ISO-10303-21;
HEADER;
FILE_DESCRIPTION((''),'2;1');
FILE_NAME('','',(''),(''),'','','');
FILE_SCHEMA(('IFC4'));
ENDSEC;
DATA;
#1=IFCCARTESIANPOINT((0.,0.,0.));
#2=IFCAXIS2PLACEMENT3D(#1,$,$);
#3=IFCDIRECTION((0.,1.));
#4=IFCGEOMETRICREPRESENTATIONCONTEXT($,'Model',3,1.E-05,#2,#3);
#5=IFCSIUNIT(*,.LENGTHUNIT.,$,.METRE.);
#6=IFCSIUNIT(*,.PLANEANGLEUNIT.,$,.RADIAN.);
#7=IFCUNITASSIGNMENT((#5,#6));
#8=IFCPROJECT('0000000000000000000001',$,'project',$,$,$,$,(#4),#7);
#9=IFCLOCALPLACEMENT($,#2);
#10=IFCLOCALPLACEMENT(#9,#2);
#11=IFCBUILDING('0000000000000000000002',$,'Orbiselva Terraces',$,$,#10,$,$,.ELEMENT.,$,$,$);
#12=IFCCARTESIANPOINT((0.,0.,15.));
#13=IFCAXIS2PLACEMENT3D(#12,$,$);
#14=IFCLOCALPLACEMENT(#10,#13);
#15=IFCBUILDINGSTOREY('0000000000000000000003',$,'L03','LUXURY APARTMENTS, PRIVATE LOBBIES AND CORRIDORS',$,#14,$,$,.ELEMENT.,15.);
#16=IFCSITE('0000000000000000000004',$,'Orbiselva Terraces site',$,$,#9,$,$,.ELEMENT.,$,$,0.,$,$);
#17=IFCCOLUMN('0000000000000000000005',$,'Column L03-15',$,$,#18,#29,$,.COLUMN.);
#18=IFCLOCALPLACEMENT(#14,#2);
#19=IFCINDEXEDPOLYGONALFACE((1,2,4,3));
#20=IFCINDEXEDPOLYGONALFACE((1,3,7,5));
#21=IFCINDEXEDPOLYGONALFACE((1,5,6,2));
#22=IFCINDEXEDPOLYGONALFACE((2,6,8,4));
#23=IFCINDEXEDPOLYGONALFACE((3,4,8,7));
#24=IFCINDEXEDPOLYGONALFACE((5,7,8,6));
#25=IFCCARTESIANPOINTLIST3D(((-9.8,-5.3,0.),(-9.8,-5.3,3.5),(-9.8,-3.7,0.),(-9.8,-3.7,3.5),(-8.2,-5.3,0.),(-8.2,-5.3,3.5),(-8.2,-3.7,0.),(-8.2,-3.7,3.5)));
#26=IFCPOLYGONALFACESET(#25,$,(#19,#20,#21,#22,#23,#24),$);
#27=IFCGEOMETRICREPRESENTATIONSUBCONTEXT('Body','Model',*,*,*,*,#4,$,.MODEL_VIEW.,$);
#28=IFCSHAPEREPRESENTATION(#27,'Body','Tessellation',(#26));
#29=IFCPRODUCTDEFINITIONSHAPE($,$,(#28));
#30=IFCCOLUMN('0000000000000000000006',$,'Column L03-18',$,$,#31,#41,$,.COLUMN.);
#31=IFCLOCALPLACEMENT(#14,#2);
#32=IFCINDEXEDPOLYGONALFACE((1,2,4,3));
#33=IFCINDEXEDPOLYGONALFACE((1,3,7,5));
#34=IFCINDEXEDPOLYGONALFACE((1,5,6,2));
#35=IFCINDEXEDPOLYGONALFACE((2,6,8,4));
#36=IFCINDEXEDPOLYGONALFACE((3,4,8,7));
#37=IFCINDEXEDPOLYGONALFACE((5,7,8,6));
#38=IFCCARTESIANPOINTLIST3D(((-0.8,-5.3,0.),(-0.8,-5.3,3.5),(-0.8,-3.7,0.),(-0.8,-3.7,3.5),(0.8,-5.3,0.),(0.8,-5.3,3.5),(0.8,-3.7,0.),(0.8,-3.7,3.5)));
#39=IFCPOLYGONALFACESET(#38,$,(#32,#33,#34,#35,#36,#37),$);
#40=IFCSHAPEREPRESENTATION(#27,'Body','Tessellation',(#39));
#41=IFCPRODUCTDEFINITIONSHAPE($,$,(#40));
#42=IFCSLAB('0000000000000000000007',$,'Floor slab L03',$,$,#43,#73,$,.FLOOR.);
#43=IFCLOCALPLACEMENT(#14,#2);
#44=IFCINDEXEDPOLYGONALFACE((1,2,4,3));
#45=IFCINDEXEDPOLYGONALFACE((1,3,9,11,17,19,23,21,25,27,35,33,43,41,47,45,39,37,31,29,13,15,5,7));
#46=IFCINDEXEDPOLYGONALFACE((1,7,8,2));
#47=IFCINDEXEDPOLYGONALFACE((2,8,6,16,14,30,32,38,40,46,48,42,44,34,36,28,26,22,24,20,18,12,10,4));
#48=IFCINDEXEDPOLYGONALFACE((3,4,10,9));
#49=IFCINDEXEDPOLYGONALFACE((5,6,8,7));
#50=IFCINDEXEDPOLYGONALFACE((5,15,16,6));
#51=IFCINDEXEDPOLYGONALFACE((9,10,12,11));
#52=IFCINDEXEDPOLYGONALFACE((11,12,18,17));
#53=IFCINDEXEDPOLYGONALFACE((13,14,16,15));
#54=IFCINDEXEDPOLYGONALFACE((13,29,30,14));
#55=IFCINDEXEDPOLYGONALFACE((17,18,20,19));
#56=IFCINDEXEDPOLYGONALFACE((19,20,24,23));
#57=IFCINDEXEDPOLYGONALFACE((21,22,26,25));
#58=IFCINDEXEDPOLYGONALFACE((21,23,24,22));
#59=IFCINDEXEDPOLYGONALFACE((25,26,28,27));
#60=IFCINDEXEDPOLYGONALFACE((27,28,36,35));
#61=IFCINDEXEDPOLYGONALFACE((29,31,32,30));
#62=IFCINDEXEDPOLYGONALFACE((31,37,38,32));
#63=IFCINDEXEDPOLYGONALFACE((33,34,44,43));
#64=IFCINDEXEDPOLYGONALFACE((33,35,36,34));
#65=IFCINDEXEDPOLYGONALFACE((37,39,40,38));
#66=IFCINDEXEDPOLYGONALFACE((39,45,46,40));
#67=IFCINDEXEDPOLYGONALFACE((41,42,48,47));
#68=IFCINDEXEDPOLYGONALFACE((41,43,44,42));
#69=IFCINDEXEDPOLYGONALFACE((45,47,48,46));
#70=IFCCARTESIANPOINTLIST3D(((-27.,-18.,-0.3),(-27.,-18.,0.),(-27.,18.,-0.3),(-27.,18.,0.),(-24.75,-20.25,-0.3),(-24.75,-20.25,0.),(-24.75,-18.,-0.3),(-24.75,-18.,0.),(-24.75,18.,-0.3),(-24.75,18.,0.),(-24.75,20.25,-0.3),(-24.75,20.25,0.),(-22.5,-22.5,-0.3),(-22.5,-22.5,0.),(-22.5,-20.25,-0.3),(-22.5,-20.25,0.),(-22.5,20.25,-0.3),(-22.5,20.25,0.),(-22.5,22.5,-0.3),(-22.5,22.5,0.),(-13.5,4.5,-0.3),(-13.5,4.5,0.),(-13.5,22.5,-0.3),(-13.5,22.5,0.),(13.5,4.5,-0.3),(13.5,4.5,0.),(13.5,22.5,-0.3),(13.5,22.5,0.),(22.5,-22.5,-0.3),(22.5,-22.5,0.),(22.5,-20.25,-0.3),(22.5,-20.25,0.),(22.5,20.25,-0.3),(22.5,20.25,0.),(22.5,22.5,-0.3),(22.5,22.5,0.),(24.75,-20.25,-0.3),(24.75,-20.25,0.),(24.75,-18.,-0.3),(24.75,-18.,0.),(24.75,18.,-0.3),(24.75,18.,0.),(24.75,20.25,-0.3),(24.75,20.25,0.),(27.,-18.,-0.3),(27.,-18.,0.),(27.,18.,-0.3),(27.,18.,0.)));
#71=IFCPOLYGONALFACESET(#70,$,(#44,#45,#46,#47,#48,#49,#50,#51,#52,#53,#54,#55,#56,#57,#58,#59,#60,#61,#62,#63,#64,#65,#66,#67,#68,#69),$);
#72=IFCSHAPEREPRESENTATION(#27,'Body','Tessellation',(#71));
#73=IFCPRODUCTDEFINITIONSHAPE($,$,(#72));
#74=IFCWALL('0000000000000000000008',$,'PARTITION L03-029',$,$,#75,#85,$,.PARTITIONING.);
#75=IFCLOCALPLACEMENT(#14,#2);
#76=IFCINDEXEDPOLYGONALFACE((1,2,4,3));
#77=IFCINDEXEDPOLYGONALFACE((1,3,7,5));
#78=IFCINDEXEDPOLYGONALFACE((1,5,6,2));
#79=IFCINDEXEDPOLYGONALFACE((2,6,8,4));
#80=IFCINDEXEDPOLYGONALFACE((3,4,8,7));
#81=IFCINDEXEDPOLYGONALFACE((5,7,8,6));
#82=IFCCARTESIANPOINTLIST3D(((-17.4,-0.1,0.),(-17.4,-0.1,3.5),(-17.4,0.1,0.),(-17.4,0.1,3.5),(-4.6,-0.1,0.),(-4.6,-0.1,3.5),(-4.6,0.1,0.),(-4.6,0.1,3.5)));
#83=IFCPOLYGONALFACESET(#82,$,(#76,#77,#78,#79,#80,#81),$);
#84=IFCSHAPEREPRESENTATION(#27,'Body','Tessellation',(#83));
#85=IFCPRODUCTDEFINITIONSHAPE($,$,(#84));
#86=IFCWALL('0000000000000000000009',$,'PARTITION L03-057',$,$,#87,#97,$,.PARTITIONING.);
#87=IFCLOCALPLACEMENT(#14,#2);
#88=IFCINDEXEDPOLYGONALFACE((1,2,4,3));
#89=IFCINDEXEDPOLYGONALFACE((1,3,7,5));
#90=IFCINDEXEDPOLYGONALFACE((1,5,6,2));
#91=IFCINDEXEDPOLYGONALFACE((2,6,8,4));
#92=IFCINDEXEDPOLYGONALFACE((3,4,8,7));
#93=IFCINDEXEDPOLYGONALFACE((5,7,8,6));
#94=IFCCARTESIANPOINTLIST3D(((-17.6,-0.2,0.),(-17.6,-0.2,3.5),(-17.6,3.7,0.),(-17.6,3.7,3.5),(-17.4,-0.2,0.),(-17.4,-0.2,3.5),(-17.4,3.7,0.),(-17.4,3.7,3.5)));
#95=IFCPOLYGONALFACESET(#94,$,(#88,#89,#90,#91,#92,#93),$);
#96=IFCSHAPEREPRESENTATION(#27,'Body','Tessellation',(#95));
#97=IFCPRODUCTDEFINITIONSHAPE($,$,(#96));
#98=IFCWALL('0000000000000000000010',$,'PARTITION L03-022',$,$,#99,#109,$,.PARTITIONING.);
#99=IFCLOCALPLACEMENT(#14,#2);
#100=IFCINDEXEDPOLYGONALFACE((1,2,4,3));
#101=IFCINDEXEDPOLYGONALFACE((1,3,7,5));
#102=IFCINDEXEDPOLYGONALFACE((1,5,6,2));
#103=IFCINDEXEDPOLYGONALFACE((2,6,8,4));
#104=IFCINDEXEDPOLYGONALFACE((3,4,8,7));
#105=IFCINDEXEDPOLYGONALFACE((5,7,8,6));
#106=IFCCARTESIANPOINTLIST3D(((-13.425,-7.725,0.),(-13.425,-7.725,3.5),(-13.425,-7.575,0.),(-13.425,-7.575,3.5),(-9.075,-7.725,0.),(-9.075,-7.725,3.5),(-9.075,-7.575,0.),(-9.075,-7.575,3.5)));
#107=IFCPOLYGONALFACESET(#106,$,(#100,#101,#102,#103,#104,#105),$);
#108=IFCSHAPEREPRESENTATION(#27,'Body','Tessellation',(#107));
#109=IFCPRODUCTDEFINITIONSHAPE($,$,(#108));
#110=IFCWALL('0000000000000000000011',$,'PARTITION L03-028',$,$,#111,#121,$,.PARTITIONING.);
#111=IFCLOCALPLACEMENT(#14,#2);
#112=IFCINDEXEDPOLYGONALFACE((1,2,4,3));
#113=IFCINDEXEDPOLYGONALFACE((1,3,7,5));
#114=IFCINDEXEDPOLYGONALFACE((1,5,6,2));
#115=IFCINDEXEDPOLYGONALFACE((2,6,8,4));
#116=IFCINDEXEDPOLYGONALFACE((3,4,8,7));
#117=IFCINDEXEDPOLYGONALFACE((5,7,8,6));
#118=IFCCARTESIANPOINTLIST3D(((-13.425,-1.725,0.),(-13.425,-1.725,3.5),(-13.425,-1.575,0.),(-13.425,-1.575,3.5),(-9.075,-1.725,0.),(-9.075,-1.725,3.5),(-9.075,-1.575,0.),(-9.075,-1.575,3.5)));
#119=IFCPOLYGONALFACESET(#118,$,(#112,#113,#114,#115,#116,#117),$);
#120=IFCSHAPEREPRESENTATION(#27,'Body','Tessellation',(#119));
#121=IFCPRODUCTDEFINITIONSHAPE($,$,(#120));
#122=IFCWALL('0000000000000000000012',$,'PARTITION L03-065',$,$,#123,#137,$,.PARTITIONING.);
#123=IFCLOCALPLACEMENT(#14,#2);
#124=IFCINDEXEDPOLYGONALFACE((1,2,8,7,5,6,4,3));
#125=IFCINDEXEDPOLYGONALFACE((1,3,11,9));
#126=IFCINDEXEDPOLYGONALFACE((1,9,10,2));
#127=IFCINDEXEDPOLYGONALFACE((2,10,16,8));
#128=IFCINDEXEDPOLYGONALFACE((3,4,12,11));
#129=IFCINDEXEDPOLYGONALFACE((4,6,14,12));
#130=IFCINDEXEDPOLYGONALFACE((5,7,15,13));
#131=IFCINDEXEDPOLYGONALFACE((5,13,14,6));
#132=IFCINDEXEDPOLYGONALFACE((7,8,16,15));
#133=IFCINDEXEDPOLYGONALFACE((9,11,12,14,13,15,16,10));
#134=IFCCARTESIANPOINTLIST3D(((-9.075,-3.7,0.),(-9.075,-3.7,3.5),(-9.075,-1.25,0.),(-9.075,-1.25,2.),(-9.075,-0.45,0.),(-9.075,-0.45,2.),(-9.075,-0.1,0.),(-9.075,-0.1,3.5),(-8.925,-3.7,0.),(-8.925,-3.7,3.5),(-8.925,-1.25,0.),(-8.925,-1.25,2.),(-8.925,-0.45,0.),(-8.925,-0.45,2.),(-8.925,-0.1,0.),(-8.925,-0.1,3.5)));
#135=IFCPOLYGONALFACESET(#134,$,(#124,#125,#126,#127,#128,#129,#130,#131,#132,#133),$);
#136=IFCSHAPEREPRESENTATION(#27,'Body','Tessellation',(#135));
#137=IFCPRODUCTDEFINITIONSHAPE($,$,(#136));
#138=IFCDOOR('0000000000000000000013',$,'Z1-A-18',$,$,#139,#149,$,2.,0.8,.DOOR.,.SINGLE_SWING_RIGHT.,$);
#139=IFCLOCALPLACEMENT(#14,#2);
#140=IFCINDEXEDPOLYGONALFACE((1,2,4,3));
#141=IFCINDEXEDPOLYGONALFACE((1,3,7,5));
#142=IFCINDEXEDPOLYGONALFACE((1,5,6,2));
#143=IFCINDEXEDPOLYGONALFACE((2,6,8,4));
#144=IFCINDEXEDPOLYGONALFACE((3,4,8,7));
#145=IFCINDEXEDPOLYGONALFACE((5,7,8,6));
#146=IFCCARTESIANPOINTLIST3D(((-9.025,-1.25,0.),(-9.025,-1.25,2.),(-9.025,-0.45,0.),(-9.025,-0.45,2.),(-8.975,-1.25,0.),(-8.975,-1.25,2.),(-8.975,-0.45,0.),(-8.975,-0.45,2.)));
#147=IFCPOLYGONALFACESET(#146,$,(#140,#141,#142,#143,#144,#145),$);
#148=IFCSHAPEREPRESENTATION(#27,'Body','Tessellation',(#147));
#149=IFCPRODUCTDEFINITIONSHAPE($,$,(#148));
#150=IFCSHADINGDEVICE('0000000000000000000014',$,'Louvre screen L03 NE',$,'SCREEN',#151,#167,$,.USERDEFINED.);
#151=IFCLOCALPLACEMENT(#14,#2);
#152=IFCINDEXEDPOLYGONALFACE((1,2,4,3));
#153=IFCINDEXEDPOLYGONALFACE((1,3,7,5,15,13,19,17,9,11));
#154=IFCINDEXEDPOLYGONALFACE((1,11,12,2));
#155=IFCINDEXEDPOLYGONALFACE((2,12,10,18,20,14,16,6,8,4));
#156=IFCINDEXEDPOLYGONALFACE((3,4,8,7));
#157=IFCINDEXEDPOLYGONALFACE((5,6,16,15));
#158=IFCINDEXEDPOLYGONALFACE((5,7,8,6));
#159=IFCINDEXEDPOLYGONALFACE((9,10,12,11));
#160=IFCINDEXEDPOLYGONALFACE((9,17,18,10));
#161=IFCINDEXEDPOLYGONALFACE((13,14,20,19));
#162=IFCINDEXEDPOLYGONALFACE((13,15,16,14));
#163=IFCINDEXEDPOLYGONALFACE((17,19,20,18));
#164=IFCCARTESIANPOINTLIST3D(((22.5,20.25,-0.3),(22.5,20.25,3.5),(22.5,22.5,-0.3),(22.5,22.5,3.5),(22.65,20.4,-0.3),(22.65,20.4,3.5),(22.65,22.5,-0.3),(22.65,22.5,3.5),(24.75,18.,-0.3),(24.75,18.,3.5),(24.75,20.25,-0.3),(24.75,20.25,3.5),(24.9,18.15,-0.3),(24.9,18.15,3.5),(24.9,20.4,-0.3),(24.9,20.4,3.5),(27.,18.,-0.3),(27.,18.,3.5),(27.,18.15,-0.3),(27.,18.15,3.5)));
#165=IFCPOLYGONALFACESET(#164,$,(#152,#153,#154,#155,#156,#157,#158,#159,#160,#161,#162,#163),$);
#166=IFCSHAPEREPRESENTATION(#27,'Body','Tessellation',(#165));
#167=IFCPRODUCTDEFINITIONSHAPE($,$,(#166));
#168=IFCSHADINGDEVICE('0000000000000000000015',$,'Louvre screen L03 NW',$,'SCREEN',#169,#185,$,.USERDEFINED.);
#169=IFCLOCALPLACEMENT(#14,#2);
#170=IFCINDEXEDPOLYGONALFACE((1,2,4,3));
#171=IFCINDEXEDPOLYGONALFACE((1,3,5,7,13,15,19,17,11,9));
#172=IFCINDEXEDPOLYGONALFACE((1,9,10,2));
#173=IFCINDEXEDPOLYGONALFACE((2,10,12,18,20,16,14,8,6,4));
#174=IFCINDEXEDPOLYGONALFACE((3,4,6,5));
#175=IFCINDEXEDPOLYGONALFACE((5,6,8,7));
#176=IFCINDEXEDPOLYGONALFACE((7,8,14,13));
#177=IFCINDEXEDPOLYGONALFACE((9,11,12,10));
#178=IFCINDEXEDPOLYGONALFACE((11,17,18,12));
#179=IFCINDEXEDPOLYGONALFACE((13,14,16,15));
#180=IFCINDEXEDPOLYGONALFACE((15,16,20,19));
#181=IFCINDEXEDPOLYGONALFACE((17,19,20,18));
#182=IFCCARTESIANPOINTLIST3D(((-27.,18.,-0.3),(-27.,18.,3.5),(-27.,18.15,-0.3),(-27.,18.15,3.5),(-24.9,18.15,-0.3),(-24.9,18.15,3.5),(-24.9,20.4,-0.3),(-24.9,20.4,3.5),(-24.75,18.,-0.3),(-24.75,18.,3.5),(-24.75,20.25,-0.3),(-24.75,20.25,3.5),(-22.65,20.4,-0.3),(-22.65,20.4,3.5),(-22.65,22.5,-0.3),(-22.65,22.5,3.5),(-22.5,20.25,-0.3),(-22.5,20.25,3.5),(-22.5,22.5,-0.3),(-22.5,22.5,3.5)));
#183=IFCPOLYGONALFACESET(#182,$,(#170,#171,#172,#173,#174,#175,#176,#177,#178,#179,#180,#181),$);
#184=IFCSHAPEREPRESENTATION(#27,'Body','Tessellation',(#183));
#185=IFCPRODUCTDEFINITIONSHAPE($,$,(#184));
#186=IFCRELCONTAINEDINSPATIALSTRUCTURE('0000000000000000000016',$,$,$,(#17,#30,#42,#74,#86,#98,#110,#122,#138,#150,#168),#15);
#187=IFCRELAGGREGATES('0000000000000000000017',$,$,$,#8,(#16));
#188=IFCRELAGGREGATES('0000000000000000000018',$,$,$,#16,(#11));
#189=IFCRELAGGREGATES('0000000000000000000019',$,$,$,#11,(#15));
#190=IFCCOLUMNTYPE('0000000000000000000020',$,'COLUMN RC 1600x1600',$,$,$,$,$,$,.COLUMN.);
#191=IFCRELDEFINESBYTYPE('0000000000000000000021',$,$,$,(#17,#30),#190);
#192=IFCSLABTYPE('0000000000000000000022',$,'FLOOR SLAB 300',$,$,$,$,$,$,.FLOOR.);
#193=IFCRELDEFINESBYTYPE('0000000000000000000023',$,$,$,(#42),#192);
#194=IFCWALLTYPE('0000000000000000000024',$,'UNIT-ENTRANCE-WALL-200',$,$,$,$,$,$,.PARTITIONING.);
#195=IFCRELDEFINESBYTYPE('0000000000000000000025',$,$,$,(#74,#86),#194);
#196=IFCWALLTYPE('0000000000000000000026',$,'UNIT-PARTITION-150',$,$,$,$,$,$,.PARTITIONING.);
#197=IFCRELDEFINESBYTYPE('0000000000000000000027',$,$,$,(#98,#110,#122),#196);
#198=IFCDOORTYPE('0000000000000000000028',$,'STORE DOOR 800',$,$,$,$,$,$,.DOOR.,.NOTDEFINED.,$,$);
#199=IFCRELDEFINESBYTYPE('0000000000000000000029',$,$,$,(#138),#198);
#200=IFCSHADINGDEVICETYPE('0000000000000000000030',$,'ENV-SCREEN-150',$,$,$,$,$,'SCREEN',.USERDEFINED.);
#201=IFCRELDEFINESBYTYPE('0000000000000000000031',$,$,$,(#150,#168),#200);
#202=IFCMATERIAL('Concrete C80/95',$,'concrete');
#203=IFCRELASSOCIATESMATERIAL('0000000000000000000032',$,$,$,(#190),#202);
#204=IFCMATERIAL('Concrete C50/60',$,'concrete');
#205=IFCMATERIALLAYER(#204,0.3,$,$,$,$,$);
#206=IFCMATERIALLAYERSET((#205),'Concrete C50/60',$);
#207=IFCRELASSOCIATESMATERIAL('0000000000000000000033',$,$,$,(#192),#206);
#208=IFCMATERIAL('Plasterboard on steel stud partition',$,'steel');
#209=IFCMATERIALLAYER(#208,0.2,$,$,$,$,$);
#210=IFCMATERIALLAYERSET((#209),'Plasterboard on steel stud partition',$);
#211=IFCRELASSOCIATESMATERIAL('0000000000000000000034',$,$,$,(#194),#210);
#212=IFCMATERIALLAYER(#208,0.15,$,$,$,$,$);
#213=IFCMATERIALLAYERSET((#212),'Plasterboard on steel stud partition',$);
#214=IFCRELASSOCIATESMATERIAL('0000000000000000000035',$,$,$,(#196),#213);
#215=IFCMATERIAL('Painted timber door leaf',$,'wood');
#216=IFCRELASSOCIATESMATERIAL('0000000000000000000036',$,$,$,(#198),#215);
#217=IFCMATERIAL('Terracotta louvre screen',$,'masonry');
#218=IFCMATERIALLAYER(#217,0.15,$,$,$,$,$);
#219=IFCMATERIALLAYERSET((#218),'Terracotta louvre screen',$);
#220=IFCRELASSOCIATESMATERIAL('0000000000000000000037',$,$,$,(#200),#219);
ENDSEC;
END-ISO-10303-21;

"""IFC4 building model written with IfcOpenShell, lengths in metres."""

from ifc_helpers import new_model, si_unit, direction, frame, frame_2d, origin, origin_2d, place, context, subcontext, project, spatial, polyline, rectangle, outline, extrude, material, layer, layer_set, material_profile, profile_set, type_object, element, fill, save


model = new_model("IFC4")

# Units and contexts
model_context = context("Model", 3, precision=1e-05, world=origin(), true_north=direction((0.0, 1.0)))
body_context = subcontext(model_context, "Body", "Model", "MODEL_VIEW")
ifc_project = project(units=[si_unit("LENGTHUNIT", "METRE"), si_unit("PLANEANGLEUNIT", "RADIAN")], contexts=[model_context])

# Site, building, storey
site_placement = place(None, origin())
site = spatial("IfcSite", under=ifc_project, at=site_placement, Name="Orbiselva Terraces site", CompositionType="ELEMENT", RefElevation=0.0)
building_placement = place(site_placement, origin())
building = spatial("IfcBuilding", under=site, at=building_placement, Name="Orbiselva Terraces", CompositionType="ELEMENT")
storey_placement = place(building_placement, frame((0.0, 0.0, 15.0)))
storey = spatial("IfcBuildingStorey", under=building, at=storey_placement, Name="L03", Description="LUXURY APARTMENTS, PRIVATE LOBBIES AND CORRIDORS", CompositionType="ELEMENT", Elevation=15.0)

# Columns
ifc_material_1 = material(Name="Concrete C80/95", Category="concrete")
ifc_material_profile = material_profile(ifc_material_1, rectangle(XDim=1.6, YDim=1.6, at=origin_2d()), Name="RC 1600x1600")
ifc_profile_set = profile_set([ifc_material_profile], Name="Concrete C80/95")
column_type = type_object("IfcColumnType", Name="COLUMN RC 1600x1600", PredefinedType="COLUMN", material=ifc_profile_set)
for number, where, z_axis, x_axis, name in (
    (1, (-9.0, -4.5, 0.0), (0.0, 0.0, 1.0), (1.0, 0.0, 0.0), "Column L03-15"),
    (2, (0.0, -4.5, 0.0), (0.0, 0.0, 1.0), (1.0, 0.0, 0.0), "Column L03-18"),
):
    element("IfcColumn", number, at=place(storey_placement, frame(where, z_axis=z_axis, x_axis=x_axis)), inside=storey, type_object=column_type, Name=name, PredefinedType="COLUMN", context=body_context, shape_type="SweptSolid", body=[
        extrude(rectangle(XDim=1.6, YDim=1.6, at=origin_2d()), origin(), (0.0, 0.0, 1.0), 3.5),
    ])

# Slab
ifc_material_2 = material(Name="Concrete C50/60", Category="concrete")
ifc_layer_1 = layer(ifc_material_2, 0.3)
ifc_layer_set_1 = layer_set([ifc_layer_1], Name="Concrete C50/60")
slab_type = type_object("IfcSlabType", Name="FLOOR SLAB 300", PredefinedType="FLOOR", material=ifc_layer_set_1)
slab_placement = place(storey_placement, frame((0.0, 0.0, -0.3)))
element("IfcSlab", 3, at=slab_placement, inside=storey, type_object=slab_type, Name="Floor slab L03", PredefinedType="FLOOR", context=body_context, shape_type="SweptSolid", body=[
    extrude(outline(polyline([(22.5, 22.5), (22.5, 20.25), (24.75, 20.25), (24.75, 18.0), (27.0, 18.0), (27.0, -18.0), (24.75, -18.0), (24.75, -20.25), (22.5, -20.25), (22.5, -22.5), (-22.5, -22.5), (-22.5, -20.25), (-24.75, -20.25), (-24.75, -18.0), (-27.0, -18.0), (-27.0, 18.0), (-24.75, 18.0), (-24.75, 20.25), (-22.5, 20.25), (-22.5, 22.5), (-13.5, 22.5), (-13.5, 4.5), (13.5, 4.5), (13.5, 22.5), (22.5, 22.5)])), origin(), (0.0, 0.0, 1.0), 0.3),
])

# Walls
ifc_material_3 = material(Name="Plasterboard on steel stud partition", Category="steel")
ifc_layer_2 = layer(ifc_material_3, 0.2)
ifc_layer_set_2 = layer_set([ifc_layer_2], Name="Plasterboard on steel stud partition")
wall_type_1 = type_object("IfcWallType", Name="UNIT-ENTRANCE-WALL-200", PredefinedType="PARTITIONING", material=ifc_layer_set_2)
wall_1_placement = place(storey_placement, frame((-17.4, 0.0, 0.0), z_axis=(0.0, 0.0, 1.0), x_axis=(1.0, 0.0, 0.0)))
element("IfcWall", 4, at=wall_1_placement, inside=storey, type_object=wall_type_1, Name="PARTITION L03-029", PredefinedType="PARTITIONING", context=body_context, shape_type="SweptSolid", body=[
    extrude(rectangle(XDim=12.8, YDim=0.2, at=frame_2d((6.4, 0.0))), origin(), (0.0, 0.0, 1.0), 3.5),
])
wall_2_placement = place(storey_placement, frame((-17.5, -0.2, 0.0), z_axis=(0.0, 0.0, 1.0), x_axis=(0.0, 1.0, 0.0)))
element("IfcWall", 5, at=wall_2_placement, inside=storey, type_object=wall_type_1, Name="PARTITION L03-057", PredefinedType="PARTITIONING", context=body_context, shape_type="SweptSolid", body=[
    extrude(rectangle(XDim=3.9, YDim=0.2, at=frame_2d((1.95, 0.0))), origin(), (0.0, 0.0, 1.0), 3.5),
])
ifc_layer_3 = layer(ifc_material_3, 0.15)
ifc_layer_set_3 = layer_set([ifc_layer_3], Name="Plasterboard on steel stud partition")
wall_type_2 = type_object("IfcWallType", Name="UNIT-PARTITION-150", PredefinedType="PARTITIONING", material=ifc_layer_set_3)
for number, where, z_axis, x_axis, name in (
    (6, (-13.425, -7.65, 0.0), (0.0, 0.0, 1.0), (1.0, 0.0, 0.0), "PARTITION L03-022"),
    (7, (-13.425, -1.65, 0.0), (0.0, 0.0, 1.0), (1.0, 0.0, 0.0), "PARTITION L03-028"),
):
    element("IfcWall", number, at=place(storey_placement, frame(where, z_axis=z_axis, x_axis=x_axis)), inside=storey, type_object=wall_type_2, Name=name, PredefinedType="PARTITIONING", context=body_context, shape_type="SweptSolid", body=[
        extrude(rectangle(XDim=4.35, YDim=0.15, at=frame_2d((2.175, 0.0))), origin(), (0.0, 0.0, 1.0), 3.5),
    ])

# Wall, opening, door
wall_3_placement = place(storey_placement, frame((-9.0, -3.7, 0.0), z_axis=(0.0, 0.0, 1.0), x_axis=(0.0, 1.0, 0.0)))
wall_3 = element("IfcWall", 8, at=wall_3_placement, inside=storey, type_object=wall_type_2, Name="PARTITION L03-065", PredefinedType="PARTITIONING", context=body_context, shape_type="SweptSolid", body=[
    extrude(rectangle(XDim=3.6, YDim=0.15, at=frame_2d((1.8, 0.0))), origin(), (0.0, 0.0, 1.0), 3.5),
])
opening_placement = place(wall_3_placement, frame((2.45, 0.0, 0.0)))
opening = element("IfcOpeningElement", 9, at=opening_placement, cuts=wall_3, PredefinedType="OPENING", context=body_context, shape_type="SweptSolid", body=[
    extrude(rectangle(XDim=0.8, YDim=2.0, at=frame_2d((0.4, 1.0))), frame((0.0, 0.085, 0.0), z_axis=(0.0, -1.0, 0.0), x_axis=(1.0, 0.0, 0.0)), (0.0, 0.0, 1.0), 0.17),
])
ifc_material_4 = material(Name="Painted timber door leaf", Category="wood")
door_type = type_object("IfcDoorType", Name="STORE DOOR 800", OperationType="NOTDEFINED", PredefinedType="DOOR", material=ifc_material_4)
door_placement = place(opening_placement, origin())
door = element("IfcDoor", 10, at=door_placement, inside=storey, type_object=door_type, Name="Z1-A-18", OperationType="SINGLE_SWING_RIGHT", OverallHeight=2.0, OverallWidth=0.8, PredefinedType="DOOR", context=body_context, shape_type="SweptSolid", body=[
    extrude(rectangle(XDim=0.8, YDim=2.0, at=frame_2d((0.4, 1.0))), frame((0.0, 0.025, 0.0), z_axis=(0.0, -1.0, 0.0), x_axis=(1.0, 0.0, 0.0)), (0.0, 0.0, 1.0), 0.05),
])
fill(opening, door)

# Shading devices
ifc_material_5 = material(Name="Terracotta louvre screen", Category="masonry")
ifc_layer_4 = layer(ifc_material_5, 0.15)
ifc_layer_set_4 = layer_set([ifc_layer_4], Name="Terracotta louvre screen")
shading_device_type_1 = type_object("IfcShadingDeviceType", Name="ENV-SCREEN-150", ElementType="SCREEN", PredefinedType="USERDEFINED", material=ifc_layer_set_4)
shading_device_1_placement = place(storey_placement, frame((0.0, 0.0, -0.3)))
element("IfcShadingDevice", 11, at=shading_device_1_placement, inside=storey, type_object=shading_device_type_1, Name="Louvre screen L03 NE", ObjectType="SCREEN", PredefinedType="USERDEFINED", context=body_context, shape_type="SweptSolid", body=[
    extrude(outline(polyline([(27.0, 18.15), (24.9, 18.15), (24.9, 20.4), (22.65, 20.4), (22.65, 22.5), (22.5, 22.5), (22.5, 20.25), (24.75, 20.25), (24.75, 18.0), (27.0, 18.0), (27.0, 18.15)])), origin(), (0.0, 0.0, 1.0), 3.8),
])
shading_device_2_placement = place(storey_placement, frame((0.0, 0.0, -0.3)))
element("IfcShadingDevice", 12, at=shading_device_2_placement, inside=storey, type_object=shading_device_type_1, Name="Louvre screen L03 NW", ObjectType="SCREEN", PredefinedType="USERDEFINED", context=body_context, shape_type="SweptSolid", body=[
    extrude(outline(polyline([(-22.65, 22.5), (-22.65, 20.4), (-24.9, 20.4), (-24.9, 18.15), (-27.0, 18.15), (-27.0, 18.0), (-24.75, 18.0), (-24.75, 20.25), (-22.5, 20.25), (-22.5, 22.5), (-22.65, 22.5)])), origin(), (0.0, 0.0, 1.0), 3.8),
])

save(model, "model.ifc")
